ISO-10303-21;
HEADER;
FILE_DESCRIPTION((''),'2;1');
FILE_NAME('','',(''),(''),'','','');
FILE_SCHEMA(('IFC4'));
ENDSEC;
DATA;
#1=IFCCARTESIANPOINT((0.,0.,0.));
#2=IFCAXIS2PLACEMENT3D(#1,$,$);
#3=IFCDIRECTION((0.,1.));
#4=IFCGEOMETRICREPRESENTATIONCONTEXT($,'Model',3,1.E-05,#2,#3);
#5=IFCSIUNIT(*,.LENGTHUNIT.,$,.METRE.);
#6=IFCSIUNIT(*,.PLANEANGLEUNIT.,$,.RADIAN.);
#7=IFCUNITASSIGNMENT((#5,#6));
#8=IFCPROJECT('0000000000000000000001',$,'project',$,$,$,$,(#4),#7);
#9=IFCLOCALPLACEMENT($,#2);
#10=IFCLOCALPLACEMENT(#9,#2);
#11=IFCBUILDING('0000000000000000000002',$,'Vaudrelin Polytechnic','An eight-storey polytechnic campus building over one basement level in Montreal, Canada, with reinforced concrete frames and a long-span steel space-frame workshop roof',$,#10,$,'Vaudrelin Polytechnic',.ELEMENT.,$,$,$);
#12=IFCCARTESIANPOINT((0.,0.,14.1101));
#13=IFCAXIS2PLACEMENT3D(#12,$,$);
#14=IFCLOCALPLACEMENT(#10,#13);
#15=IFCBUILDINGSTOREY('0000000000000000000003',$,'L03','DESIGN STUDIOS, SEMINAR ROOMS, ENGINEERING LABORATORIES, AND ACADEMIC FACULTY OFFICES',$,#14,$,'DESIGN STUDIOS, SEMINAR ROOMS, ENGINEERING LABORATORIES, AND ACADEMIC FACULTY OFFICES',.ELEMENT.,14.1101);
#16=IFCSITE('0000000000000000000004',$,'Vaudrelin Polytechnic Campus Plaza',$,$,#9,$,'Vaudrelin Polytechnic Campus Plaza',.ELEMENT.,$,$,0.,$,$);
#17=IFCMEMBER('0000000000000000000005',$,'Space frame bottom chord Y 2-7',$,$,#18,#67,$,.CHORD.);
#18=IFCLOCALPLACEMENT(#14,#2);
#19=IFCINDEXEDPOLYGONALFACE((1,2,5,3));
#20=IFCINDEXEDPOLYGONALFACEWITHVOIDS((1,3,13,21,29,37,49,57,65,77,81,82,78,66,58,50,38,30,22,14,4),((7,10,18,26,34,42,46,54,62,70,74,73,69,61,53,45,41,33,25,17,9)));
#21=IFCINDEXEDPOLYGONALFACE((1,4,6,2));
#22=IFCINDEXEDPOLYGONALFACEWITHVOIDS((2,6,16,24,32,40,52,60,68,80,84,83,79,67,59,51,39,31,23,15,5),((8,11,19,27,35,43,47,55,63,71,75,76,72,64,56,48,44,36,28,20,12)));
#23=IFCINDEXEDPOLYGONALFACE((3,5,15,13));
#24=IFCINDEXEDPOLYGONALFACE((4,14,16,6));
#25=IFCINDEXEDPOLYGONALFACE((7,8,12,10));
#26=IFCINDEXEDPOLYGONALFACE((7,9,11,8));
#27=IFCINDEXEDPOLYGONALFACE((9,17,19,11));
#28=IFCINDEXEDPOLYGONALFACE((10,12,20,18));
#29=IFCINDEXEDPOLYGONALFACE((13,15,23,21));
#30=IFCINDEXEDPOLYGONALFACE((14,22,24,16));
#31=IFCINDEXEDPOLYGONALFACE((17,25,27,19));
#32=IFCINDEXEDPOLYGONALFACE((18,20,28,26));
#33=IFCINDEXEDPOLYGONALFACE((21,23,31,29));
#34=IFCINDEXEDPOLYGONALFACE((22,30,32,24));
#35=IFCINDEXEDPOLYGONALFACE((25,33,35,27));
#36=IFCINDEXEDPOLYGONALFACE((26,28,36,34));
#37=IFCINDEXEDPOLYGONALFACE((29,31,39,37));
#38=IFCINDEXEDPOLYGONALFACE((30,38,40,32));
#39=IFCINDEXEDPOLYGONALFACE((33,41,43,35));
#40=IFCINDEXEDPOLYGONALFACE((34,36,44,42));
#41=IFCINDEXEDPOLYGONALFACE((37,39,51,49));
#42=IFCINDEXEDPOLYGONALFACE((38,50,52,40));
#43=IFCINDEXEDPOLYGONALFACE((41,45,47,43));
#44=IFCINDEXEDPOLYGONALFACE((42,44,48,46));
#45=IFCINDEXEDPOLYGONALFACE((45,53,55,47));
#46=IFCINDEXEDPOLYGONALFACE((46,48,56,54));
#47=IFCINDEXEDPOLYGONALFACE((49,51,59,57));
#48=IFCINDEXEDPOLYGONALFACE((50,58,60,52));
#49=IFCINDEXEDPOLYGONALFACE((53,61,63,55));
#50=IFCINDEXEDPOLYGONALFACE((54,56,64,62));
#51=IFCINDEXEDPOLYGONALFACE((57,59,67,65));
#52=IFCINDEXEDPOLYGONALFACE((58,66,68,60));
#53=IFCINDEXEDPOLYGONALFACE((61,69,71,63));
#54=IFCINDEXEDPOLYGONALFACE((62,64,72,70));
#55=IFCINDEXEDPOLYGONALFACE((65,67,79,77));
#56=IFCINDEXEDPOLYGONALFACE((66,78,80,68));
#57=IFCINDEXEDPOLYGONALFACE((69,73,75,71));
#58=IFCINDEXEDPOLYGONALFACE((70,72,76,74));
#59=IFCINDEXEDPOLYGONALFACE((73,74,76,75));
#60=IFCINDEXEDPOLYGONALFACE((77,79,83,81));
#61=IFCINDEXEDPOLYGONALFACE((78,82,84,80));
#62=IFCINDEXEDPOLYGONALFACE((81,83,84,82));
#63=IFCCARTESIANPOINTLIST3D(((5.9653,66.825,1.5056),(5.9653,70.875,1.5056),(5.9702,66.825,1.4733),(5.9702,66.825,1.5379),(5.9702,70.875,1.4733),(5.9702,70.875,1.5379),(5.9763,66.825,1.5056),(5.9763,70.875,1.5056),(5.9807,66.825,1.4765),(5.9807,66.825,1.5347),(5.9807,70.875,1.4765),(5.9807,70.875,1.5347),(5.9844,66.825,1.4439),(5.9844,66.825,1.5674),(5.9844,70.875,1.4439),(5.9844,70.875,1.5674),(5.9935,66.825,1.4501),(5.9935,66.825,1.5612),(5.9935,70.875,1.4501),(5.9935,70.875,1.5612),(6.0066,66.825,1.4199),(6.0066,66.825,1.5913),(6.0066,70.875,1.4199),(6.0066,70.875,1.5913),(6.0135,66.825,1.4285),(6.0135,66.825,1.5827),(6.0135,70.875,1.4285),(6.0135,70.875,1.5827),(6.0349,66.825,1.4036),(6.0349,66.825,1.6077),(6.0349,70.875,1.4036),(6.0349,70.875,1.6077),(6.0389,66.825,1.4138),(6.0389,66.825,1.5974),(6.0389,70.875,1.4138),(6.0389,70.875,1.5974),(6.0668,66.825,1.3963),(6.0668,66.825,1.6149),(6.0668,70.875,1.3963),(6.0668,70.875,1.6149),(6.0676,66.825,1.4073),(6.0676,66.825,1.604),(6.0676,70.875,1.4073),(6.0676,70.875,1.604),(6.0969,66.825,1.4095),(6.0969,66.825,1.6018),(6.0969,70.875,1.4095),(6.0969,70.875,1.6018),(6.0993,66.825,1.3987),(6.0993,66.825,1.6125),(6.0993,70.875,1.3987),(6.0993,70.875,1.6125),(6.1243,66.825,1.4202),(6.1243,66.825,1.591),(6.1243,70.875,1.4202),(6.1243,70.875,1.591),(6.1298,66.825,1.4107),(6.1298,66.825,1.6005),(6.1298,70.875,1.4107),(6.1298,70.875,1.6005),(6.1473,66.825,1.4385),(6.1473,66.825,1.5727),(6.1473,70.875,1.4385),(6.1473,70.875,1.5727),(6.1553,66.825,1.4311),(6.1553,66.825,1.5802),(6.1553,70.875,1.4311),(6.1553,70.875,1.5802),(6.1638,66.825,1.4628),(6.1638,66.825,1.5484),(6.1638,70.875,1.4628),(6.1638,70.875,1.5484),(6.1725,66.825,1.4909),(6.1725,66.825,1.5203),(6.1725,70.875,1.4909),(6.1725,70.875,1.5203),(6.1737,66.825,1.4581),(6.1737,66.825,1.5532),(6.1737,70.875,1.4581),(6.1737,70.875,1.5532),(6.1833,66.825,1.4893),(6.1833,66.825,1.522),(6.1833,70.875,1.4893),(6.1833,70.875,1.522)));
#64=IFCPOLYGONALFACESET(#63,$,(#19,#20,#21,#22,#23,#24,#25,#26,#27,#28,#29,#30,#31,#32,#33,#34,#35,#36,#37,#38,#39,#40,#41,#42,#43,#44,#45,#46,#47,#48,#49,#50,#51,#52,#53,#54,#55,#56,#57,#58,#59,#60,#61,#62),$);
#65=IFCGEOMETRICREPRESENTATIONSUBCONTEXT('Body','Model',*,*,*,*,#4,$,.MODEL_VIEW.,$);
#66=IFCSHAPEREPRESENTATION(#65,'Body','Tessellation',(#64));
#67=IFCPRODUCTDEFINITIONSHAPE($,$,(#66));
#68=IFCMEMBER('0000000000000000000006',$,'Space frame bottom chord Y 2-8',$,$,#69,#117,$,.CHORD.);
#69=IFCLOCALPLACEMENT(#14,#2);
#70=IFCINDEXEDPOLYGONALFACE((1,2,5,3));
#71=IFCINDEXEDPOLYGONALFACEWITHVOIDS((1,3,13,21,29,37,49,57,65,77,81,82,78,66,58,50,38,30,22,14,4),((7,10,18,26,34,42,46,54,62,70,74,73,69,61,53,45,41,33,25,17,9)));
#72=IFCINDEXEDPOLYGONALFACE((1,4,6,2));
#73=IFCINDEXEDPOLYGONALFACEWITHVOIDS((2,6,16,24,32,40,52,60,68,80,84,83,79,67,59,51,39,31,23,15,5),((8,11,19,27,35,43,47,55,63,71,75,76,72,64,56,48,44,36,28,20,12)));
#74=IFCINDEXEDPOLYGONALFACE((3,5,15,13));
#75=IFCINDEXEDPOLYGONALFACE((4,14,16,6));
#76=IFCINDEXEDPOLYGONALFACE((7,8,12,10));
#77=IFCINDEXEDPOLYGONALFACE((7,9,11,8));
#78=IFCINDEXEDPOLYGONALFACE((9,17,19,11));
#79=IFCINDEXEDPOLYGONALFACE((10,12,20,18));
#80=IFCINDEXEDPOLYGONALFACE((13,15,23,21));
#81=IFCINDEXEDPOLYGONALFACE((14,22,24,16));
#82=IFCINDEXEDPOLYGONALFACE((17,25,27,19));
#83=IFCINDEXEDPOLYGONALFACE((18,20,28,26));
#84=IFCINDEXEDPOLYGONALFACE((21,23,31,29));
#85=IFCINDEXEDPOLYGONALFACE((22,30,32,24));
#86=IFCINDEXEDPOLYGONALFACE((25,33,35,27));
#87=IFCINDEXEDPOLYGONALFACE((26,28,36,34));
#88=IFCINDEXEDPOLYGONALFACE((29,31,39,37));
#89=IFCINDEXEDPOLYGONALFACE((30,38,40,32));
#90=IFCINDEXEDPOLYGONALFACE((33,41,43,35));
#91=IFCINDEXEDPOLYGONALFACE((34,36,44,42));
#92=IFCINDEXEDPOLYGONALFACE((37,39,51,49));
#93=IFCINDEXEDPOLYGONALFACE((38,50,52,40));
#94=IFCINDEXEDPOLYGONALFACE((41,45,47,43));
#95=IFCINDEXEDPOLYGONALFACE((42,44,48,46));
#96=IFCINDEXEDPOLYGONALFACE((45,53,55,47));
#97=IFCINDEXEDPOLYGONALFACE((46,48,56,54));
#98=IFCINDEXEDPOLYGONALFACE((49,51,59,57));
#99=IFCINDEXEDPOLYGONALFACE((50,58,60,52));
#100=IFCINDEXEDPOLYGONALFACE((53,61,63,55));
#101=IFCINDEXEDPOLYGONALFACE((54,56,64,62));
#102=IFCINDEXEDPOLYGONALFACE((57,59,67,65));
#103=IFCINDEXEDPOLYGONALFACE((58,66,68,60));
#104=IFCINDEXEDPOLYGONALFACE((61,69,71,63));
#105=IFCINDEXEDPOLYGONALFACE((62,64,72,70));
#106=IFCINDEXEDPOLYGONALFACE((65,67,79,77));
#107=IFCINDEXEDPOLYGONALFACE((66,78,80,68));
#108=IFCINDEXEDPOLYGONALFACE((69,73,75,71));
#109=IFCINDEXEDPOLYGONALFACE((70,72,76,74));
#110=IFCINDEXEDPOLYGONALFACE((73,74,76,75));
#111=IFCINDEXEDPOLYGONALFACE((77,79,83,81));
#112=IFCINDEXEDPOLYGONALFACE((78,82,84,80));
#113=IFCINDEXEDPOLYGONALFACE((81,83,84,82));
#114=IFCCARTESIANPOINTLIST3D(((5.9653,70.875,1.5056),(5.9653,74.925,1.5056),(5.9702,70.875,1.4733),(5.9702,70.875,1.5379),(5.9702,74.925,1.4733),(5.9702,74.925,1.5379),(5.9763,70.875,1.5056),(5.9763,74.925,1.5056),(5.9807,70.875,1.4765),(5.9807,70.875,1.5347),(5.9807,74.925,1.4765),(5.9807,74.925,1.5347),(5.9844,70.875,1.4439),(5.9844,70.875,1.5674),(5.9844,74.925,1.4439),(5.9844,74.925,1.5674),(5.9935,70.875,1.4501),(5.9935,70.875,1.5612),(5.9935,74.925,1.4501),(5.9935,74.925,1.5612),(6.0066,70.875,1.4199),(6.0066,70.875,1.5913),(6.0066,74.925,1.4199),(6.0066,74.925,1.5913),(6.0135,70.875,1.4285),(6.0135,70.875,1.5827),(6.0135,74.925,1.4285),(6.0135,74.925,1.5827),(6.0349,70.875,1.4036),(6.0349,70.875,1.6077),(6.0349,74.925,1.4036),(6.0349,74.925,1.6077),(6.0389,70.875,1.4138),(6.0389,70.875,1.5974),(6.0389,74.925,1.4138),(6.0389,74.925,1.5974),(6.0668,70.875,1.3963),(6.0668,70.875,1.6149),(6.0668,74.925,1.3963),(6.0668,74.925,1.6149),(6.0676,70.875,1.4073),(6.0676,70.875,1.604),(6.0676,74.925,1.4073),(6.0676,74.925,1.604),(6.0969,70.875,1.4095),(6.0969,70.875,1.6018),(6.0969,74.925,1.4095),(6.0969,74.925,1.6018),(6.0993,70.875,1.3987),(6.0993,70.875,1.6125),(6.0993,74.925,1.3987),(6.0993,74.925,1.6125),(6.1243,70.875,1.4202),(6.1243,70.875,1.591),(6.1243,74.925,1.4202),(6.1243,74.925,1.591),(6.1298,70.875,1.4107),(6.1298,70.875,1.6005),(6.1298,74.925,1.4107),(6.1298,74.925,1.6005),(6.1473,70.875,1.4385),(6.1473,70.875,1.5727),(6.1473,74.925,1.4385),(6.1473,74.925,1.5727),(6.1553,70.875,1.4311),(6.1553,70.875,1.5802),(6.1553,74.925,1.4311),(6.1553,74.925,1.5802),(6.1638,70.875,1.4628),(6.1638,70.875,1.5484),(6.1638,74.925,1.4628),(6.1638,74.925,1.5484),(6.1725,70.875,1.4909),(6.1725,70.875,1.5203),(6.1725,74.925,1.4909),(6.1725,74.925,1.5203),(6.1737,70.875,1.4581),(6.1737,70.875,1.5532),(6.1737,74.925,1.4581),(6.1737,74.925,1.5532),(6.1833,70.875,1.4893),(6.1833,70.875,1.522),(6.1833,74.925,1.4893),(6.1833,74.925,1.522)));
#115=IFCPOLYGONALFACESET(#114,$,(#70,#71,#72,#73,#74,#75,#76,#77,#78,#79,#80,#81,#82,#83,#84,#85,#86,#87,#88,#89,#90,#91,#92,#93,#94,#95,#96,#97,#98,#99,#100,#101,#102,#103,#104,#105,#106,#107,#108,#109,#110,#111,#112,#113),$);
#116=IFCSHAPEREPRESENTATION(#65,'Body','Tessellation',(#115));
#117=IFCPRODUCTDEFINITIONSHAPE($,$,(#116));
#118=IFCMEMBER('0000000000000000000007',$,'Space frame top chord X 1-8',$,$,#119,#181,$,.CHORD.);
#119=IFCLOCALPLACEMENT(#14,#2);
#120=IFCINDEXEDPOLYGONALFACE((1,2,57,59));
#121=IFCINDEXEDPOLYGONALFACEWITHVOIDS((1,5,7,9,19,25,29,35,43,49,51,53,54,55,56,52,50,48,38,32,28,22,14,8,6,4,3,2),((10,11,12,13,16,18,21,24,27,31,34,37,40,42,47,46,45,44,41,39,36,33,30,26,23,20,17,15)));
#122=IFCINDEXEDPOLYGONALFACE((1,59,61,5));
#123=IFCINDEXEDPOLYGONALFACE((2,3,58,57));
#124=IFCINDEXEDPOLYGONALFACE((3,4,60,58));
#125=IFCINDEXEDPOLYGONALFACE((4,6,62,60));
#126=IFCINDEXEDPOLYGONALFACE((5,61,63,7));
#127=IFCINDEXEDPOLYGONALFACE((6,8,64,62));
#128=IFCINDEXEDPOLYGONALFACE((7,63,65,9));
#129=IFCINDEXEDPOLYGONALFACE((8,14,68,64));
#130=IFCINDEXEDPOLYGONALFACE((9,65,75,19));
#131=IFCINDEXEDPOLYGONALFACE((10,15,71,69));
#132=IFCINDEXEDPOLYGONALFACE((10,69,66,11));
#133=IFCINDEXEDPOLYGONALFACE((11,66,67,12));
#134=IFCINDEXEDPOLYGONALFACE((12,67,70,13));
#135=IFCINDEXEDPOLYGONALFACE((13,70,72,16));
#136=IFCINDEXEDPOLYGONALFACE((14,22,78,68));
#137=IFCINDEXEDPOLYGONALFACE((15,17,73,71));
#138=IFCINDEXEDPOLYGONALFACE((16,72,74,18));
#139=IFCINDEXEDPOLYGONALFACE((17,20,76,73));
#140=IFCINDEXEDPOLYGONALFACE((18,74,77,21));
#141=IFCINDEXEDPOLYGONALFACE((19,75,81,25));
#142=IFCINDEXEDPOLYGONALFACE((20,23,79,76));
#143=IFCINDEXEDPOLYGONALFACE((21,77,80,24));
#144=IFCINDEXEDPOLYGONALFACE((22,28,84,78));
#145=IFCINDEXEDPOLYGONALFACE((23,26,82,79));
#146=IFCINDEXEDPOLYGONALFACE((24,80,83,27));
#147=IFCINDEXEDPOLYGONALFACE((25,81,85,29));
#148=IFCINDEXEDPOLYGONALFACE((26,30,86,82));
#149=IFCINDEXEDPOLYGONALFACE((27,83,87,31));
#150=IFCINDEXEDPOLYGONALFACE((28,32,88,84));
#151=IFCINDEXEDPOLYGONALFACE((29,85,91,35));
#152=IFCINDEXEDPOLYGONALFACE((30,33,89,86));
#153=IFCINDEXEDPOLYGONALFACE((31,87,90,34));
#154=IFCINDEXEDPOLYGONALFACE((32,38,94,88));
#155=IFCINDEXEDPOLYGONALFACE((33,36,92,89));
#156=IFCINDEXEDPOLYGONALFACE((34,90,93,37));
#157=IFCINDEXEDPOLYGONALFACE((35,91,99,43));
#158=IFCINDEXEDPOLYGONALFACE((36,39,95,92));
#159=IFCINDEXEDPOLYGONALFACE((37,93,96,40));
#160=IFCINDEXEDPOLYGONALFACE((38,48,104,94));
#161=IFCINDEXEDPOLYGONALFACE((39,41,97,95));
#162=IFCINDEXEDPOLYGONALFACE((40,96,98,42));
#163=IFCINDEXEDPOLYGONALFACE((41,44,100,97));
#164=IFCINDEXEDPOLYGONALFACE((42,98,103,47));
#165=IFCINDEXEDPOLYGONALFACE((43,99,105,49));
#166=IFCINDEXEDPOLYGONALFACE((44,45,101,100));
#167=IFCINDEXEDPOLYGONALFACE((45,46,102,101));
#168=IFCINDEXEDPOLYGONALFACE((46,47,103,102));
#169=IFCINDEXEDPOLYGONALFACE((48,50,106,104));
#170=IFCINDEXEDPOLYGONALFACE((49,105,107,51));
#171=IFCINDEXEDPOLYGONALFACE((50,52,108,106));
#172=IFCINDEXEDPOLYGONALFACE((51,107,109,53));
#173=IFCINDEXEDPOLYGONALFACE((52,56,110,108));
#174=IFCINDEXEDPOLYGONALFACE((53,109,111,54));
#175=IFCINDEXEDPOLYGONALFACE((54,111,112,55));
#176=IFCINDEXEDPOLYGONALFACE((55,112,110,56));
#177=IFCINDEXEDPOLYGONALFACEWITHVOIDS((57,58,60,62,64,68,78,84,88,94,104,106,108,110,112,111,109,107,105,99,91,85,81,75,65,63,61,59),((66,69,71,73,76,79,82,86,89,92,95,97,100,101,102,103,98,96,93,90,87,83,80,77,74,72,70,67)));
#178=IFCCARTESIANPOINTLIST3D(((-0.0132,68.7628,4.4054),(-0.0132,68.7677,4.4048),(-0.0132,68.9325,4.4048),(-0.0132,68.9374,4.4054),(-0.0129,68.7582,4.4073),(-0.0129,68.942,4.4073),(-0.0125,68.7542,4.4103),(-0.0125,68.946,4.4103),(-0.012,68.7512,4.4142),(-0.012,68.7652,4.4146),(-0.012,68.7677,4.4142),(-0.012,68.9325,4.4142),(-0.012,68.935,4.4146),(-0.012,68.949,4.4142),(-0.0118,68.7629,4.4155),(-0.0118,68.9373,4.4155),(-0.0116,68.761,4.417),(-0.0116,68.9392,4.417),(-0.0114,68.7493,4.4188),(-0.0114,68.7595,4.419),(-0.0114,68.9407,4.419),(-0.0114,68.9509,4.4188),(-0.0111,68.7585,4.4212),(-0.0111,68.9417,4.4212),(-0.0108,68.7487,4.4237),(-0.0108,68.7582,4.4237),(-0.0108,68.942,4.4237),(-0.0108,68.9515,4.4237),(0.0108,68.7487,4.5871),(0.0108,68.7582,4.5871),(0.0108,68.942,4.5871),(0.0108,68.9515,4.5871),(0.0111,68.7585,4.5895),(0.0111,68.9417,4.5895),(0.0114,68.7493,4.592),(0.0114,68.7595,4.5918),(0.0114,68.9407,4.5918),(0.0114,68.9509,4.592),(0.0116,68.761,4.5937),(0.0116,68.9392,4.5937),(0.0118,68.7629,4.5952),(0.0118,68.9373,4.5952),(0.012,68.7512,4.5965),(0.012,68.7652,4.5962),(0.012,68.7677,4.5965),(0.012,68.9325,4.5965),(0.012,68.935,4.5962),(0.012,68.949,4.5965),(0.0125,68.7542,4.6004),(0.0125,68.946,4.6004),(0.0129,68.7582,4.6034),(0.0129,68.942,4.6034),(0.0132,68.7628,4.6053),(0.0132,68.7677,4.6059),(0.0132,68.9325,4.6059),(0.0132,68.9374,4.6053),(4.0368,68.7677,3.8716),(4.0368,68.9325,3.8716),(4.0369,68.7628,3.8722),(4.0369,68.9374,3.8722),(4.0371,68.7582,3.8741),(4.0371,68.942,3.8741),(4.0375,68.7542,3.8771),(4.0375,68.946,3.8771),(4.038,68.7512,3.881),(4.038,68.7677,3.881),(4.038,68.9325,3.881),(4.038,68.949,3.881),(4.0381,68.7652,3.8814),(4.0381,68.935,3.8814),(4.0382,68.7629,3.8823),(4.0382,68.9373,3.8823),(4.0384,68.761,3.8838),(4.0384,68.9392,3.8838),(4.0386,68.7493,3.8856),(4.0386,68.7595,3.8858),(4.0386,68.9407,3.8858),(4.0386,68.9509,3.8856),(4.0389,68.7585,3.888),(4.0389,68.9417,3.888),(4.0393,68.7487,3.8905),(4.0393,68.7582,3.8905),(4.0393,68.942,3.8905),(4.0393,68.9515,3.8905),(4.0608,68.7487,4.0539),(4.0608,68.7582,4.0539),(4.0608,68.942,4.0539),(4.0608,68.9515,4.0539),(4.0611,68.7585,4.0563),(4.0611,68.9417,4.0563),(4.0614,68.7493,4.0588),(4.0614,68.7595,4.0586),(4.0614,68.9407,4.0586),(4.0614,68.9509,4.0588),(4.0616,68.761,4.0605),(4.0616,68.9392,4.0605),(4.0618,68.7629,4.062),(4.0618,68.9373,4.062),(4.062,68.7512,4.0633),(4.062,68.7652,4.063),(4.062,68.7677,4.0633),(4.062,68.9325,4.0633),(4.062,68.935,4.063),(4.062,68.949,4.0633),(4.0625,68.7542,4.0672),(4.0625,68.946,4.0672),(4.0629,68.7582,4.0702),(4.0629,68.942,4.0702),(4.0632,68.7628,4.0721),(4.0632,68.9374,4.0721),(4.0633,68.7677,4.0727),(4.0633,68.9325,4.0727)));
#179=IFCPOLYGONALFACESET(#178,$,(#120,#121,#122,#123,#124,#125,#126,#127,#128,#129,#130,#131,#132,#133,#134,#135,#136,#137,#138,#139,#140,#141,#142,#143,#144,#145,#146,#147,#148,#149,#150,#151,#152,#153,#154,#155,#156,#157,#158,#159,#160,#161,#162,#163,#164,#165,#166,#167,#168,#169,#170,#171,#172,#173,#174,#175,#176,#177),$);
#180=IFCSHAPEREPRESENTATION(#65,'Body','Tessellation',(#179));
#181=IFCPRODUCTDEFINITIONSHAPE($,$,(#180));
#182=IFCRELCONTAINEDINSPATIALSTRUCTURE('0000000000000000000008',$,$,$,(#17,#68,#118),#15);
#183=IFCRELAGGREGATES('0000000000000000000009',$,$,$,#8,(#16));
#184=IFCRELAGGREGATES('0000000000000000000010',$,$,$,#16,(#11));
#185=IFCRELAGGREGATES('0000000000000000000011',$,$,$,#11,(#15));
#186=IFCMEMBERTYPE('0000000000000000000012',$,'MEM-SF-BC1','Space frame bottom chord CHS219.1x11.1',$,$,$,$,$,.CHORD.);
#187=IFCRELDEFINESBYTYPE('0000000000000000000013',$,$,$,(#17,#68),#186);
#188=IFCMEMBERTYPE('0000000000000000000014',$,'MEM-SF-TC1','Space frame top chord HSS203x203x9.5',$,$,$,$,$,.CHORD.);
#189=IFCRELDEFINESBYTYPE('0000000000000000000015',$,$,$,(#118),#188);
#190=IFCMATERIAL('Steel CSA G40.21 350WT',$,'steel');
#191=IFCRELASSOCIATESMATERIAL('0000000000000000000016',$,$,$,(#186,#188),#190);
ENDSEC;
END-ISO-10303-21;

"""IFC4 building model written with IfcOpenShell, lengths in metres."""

from ifc_helpers import new_model, si_unit, direction, frame, origin, origin_2d, place, context, subcontext, project, spatial, hollow_rectangle, hollow_circle, extrude, material, material_profile, profile_set, type_object, element, save


model = new_model("IFC4")

# Units and contexts
model_context = context("Model", 3, precision=1e-05, world=origin(), true_north=direction((0.0, 1.0)))
body_context = subcontext(model_context, "Body", "Model", "MODEL_VIEW")
ifc_project = project(units=[si_unit("LENGTHUNIT", "METRE"), si_unit("PLANEANGLEUNIT", "RADIAN")], contexts=[model_context])

# Site, building, storey
site_placement = place(None, origin())
site = spatial("IfcSite", under=ifc_project, at=site_placement, Name="Vaudrelin Polytechnic Campus Plaza", LongName="Vaudrelin Polytechnic Campus Plaza", CompositionType="ELEMENT", RefElevation=0.0)
building_placement = place(site_placement, origin())
building = spatial("IfcBuilding", under=site, at=building_placement, Name="Vaudrelin Polytechnic", Description="An eight-storey polytechnic campus building over one basement level in Montreal, Canada, with reinforced concrete frames and a long-span steel space-frame workshop roof", LongName="Vaudrelin Polytechnic", CompositionType="ELEMENT")
storey_placement = place(building_placement, frame((0.0, 0.0, 14.1101)))
storey = spatial("IfcBuildingStorey", under=building, at=storey_placement, Name="L03", Description="DESIGN STUDIOS, SEMINAR ROOMS, ENGINEERING LABORATORIES, AND ACADEMIC FACULTY OFFICES", LongName="DESIGN STUDIOS, SEMINAR ROOMS, ENGINEERING LABORATORIES, AND ACADEMIC FACULTY OFFICES", CompositionType="ELEMENT", Elevation=14.1101)

# Members
ifc_material_1 = material(Name="Steel CSA G40.21 350WT", Category="steel")
ifc_material_profile_1 = material_profile(ifc_material_1, hollow_circle(Radius=0.1096, WallThickness=0.011, at=origin_2d()), Name="CHS219.1x11.1")
ifc_profile_set_1 = profile_set([ifc_material_profile_1], Name="Steel CSA G40.21 350WT")
member_type_1 = type_object("IfcMemberType", Name="MEM-SF-BC1", Description="Space frame bottom chord CHS219.1x11.1", PredefinedType="CHORD", material=ifc_profile_set_1)
for number, where, z_axis, x_axis, name in (
    (1, (6.075, 66.825, 1.5056), (0.0, 1.0, 0.0), (-1.0, 0.0, 0.0), "Space frame bottom chord Y 2-7"),
    (2, (6.075, 70.875, 1.5056), (0.0, 1.0, 0.0), (-1.0, 0.0, 0.0), "Space frame bottom chord Y 2-8"),
):
    element("IfcMember", number, at=place(storey_placement, frame(where, z_axis=z_axis, x_axis=x_axis)), inside=storey, type_object=member_type_1, Name=name, PredefinedType="CHORD", context=body_context, shape_type="SweptSolid", body=[
        extrude(hollow_circle(Radius=0.1096, WallThickness=0.011, at=origin_2d()), origin(), (0.0, 0.0, 1.0), 4.05),
    ])
ifc_material_profile_2 = material_profile(ifc_material_1, hollow_rectangle(XDim=0.2029, YDim=0.2029, WallThickness=0.0095, InnerFilletRadius=0.0095, OuterFilletRadius=0.019, at=origin_2d()), Name="HSS203x203x9.5")
ifc_profile_set_2 = profile_set([ifc_material_profile_2], Name="Steel CSA G40.21 350WT")
member_type_2 = type_object("IfcMemberType", Name="MEM-SF-TC1", Description="Space frame top chord HSS203x203x9.5", PredefinedType="CHORD", material=ifc_profile_set_2)
for number, where, z_axis, x_axis, name in (
    (3, (0.0, 68.8501, 4.5054), (0.991445, 0.0, -0.130527), (0.0, 1.0, 0.0), "Space frame top chord X 1-8"),
):
    element("IfcMember", number, at=place(storey_placement, frame(where, z_axis=z_axis, x_axis=x_axis)), inside=storey, type_object=member_type_2, Name=name, PredefinedType="CHORD", context=body_context, shape_type="SweptSolid", body=[
        extrude(hollow_rectangle(XDim=0.2029, YDim=0.2029, WallThickness=0.0095, InnerFilletRadius=0.0095, OuterFilletRadius=0.019, at=origin_2d()), origin(), (0.0, 0.0, 1.0), 4.085),
    ])

save(model, "model.ifc")
